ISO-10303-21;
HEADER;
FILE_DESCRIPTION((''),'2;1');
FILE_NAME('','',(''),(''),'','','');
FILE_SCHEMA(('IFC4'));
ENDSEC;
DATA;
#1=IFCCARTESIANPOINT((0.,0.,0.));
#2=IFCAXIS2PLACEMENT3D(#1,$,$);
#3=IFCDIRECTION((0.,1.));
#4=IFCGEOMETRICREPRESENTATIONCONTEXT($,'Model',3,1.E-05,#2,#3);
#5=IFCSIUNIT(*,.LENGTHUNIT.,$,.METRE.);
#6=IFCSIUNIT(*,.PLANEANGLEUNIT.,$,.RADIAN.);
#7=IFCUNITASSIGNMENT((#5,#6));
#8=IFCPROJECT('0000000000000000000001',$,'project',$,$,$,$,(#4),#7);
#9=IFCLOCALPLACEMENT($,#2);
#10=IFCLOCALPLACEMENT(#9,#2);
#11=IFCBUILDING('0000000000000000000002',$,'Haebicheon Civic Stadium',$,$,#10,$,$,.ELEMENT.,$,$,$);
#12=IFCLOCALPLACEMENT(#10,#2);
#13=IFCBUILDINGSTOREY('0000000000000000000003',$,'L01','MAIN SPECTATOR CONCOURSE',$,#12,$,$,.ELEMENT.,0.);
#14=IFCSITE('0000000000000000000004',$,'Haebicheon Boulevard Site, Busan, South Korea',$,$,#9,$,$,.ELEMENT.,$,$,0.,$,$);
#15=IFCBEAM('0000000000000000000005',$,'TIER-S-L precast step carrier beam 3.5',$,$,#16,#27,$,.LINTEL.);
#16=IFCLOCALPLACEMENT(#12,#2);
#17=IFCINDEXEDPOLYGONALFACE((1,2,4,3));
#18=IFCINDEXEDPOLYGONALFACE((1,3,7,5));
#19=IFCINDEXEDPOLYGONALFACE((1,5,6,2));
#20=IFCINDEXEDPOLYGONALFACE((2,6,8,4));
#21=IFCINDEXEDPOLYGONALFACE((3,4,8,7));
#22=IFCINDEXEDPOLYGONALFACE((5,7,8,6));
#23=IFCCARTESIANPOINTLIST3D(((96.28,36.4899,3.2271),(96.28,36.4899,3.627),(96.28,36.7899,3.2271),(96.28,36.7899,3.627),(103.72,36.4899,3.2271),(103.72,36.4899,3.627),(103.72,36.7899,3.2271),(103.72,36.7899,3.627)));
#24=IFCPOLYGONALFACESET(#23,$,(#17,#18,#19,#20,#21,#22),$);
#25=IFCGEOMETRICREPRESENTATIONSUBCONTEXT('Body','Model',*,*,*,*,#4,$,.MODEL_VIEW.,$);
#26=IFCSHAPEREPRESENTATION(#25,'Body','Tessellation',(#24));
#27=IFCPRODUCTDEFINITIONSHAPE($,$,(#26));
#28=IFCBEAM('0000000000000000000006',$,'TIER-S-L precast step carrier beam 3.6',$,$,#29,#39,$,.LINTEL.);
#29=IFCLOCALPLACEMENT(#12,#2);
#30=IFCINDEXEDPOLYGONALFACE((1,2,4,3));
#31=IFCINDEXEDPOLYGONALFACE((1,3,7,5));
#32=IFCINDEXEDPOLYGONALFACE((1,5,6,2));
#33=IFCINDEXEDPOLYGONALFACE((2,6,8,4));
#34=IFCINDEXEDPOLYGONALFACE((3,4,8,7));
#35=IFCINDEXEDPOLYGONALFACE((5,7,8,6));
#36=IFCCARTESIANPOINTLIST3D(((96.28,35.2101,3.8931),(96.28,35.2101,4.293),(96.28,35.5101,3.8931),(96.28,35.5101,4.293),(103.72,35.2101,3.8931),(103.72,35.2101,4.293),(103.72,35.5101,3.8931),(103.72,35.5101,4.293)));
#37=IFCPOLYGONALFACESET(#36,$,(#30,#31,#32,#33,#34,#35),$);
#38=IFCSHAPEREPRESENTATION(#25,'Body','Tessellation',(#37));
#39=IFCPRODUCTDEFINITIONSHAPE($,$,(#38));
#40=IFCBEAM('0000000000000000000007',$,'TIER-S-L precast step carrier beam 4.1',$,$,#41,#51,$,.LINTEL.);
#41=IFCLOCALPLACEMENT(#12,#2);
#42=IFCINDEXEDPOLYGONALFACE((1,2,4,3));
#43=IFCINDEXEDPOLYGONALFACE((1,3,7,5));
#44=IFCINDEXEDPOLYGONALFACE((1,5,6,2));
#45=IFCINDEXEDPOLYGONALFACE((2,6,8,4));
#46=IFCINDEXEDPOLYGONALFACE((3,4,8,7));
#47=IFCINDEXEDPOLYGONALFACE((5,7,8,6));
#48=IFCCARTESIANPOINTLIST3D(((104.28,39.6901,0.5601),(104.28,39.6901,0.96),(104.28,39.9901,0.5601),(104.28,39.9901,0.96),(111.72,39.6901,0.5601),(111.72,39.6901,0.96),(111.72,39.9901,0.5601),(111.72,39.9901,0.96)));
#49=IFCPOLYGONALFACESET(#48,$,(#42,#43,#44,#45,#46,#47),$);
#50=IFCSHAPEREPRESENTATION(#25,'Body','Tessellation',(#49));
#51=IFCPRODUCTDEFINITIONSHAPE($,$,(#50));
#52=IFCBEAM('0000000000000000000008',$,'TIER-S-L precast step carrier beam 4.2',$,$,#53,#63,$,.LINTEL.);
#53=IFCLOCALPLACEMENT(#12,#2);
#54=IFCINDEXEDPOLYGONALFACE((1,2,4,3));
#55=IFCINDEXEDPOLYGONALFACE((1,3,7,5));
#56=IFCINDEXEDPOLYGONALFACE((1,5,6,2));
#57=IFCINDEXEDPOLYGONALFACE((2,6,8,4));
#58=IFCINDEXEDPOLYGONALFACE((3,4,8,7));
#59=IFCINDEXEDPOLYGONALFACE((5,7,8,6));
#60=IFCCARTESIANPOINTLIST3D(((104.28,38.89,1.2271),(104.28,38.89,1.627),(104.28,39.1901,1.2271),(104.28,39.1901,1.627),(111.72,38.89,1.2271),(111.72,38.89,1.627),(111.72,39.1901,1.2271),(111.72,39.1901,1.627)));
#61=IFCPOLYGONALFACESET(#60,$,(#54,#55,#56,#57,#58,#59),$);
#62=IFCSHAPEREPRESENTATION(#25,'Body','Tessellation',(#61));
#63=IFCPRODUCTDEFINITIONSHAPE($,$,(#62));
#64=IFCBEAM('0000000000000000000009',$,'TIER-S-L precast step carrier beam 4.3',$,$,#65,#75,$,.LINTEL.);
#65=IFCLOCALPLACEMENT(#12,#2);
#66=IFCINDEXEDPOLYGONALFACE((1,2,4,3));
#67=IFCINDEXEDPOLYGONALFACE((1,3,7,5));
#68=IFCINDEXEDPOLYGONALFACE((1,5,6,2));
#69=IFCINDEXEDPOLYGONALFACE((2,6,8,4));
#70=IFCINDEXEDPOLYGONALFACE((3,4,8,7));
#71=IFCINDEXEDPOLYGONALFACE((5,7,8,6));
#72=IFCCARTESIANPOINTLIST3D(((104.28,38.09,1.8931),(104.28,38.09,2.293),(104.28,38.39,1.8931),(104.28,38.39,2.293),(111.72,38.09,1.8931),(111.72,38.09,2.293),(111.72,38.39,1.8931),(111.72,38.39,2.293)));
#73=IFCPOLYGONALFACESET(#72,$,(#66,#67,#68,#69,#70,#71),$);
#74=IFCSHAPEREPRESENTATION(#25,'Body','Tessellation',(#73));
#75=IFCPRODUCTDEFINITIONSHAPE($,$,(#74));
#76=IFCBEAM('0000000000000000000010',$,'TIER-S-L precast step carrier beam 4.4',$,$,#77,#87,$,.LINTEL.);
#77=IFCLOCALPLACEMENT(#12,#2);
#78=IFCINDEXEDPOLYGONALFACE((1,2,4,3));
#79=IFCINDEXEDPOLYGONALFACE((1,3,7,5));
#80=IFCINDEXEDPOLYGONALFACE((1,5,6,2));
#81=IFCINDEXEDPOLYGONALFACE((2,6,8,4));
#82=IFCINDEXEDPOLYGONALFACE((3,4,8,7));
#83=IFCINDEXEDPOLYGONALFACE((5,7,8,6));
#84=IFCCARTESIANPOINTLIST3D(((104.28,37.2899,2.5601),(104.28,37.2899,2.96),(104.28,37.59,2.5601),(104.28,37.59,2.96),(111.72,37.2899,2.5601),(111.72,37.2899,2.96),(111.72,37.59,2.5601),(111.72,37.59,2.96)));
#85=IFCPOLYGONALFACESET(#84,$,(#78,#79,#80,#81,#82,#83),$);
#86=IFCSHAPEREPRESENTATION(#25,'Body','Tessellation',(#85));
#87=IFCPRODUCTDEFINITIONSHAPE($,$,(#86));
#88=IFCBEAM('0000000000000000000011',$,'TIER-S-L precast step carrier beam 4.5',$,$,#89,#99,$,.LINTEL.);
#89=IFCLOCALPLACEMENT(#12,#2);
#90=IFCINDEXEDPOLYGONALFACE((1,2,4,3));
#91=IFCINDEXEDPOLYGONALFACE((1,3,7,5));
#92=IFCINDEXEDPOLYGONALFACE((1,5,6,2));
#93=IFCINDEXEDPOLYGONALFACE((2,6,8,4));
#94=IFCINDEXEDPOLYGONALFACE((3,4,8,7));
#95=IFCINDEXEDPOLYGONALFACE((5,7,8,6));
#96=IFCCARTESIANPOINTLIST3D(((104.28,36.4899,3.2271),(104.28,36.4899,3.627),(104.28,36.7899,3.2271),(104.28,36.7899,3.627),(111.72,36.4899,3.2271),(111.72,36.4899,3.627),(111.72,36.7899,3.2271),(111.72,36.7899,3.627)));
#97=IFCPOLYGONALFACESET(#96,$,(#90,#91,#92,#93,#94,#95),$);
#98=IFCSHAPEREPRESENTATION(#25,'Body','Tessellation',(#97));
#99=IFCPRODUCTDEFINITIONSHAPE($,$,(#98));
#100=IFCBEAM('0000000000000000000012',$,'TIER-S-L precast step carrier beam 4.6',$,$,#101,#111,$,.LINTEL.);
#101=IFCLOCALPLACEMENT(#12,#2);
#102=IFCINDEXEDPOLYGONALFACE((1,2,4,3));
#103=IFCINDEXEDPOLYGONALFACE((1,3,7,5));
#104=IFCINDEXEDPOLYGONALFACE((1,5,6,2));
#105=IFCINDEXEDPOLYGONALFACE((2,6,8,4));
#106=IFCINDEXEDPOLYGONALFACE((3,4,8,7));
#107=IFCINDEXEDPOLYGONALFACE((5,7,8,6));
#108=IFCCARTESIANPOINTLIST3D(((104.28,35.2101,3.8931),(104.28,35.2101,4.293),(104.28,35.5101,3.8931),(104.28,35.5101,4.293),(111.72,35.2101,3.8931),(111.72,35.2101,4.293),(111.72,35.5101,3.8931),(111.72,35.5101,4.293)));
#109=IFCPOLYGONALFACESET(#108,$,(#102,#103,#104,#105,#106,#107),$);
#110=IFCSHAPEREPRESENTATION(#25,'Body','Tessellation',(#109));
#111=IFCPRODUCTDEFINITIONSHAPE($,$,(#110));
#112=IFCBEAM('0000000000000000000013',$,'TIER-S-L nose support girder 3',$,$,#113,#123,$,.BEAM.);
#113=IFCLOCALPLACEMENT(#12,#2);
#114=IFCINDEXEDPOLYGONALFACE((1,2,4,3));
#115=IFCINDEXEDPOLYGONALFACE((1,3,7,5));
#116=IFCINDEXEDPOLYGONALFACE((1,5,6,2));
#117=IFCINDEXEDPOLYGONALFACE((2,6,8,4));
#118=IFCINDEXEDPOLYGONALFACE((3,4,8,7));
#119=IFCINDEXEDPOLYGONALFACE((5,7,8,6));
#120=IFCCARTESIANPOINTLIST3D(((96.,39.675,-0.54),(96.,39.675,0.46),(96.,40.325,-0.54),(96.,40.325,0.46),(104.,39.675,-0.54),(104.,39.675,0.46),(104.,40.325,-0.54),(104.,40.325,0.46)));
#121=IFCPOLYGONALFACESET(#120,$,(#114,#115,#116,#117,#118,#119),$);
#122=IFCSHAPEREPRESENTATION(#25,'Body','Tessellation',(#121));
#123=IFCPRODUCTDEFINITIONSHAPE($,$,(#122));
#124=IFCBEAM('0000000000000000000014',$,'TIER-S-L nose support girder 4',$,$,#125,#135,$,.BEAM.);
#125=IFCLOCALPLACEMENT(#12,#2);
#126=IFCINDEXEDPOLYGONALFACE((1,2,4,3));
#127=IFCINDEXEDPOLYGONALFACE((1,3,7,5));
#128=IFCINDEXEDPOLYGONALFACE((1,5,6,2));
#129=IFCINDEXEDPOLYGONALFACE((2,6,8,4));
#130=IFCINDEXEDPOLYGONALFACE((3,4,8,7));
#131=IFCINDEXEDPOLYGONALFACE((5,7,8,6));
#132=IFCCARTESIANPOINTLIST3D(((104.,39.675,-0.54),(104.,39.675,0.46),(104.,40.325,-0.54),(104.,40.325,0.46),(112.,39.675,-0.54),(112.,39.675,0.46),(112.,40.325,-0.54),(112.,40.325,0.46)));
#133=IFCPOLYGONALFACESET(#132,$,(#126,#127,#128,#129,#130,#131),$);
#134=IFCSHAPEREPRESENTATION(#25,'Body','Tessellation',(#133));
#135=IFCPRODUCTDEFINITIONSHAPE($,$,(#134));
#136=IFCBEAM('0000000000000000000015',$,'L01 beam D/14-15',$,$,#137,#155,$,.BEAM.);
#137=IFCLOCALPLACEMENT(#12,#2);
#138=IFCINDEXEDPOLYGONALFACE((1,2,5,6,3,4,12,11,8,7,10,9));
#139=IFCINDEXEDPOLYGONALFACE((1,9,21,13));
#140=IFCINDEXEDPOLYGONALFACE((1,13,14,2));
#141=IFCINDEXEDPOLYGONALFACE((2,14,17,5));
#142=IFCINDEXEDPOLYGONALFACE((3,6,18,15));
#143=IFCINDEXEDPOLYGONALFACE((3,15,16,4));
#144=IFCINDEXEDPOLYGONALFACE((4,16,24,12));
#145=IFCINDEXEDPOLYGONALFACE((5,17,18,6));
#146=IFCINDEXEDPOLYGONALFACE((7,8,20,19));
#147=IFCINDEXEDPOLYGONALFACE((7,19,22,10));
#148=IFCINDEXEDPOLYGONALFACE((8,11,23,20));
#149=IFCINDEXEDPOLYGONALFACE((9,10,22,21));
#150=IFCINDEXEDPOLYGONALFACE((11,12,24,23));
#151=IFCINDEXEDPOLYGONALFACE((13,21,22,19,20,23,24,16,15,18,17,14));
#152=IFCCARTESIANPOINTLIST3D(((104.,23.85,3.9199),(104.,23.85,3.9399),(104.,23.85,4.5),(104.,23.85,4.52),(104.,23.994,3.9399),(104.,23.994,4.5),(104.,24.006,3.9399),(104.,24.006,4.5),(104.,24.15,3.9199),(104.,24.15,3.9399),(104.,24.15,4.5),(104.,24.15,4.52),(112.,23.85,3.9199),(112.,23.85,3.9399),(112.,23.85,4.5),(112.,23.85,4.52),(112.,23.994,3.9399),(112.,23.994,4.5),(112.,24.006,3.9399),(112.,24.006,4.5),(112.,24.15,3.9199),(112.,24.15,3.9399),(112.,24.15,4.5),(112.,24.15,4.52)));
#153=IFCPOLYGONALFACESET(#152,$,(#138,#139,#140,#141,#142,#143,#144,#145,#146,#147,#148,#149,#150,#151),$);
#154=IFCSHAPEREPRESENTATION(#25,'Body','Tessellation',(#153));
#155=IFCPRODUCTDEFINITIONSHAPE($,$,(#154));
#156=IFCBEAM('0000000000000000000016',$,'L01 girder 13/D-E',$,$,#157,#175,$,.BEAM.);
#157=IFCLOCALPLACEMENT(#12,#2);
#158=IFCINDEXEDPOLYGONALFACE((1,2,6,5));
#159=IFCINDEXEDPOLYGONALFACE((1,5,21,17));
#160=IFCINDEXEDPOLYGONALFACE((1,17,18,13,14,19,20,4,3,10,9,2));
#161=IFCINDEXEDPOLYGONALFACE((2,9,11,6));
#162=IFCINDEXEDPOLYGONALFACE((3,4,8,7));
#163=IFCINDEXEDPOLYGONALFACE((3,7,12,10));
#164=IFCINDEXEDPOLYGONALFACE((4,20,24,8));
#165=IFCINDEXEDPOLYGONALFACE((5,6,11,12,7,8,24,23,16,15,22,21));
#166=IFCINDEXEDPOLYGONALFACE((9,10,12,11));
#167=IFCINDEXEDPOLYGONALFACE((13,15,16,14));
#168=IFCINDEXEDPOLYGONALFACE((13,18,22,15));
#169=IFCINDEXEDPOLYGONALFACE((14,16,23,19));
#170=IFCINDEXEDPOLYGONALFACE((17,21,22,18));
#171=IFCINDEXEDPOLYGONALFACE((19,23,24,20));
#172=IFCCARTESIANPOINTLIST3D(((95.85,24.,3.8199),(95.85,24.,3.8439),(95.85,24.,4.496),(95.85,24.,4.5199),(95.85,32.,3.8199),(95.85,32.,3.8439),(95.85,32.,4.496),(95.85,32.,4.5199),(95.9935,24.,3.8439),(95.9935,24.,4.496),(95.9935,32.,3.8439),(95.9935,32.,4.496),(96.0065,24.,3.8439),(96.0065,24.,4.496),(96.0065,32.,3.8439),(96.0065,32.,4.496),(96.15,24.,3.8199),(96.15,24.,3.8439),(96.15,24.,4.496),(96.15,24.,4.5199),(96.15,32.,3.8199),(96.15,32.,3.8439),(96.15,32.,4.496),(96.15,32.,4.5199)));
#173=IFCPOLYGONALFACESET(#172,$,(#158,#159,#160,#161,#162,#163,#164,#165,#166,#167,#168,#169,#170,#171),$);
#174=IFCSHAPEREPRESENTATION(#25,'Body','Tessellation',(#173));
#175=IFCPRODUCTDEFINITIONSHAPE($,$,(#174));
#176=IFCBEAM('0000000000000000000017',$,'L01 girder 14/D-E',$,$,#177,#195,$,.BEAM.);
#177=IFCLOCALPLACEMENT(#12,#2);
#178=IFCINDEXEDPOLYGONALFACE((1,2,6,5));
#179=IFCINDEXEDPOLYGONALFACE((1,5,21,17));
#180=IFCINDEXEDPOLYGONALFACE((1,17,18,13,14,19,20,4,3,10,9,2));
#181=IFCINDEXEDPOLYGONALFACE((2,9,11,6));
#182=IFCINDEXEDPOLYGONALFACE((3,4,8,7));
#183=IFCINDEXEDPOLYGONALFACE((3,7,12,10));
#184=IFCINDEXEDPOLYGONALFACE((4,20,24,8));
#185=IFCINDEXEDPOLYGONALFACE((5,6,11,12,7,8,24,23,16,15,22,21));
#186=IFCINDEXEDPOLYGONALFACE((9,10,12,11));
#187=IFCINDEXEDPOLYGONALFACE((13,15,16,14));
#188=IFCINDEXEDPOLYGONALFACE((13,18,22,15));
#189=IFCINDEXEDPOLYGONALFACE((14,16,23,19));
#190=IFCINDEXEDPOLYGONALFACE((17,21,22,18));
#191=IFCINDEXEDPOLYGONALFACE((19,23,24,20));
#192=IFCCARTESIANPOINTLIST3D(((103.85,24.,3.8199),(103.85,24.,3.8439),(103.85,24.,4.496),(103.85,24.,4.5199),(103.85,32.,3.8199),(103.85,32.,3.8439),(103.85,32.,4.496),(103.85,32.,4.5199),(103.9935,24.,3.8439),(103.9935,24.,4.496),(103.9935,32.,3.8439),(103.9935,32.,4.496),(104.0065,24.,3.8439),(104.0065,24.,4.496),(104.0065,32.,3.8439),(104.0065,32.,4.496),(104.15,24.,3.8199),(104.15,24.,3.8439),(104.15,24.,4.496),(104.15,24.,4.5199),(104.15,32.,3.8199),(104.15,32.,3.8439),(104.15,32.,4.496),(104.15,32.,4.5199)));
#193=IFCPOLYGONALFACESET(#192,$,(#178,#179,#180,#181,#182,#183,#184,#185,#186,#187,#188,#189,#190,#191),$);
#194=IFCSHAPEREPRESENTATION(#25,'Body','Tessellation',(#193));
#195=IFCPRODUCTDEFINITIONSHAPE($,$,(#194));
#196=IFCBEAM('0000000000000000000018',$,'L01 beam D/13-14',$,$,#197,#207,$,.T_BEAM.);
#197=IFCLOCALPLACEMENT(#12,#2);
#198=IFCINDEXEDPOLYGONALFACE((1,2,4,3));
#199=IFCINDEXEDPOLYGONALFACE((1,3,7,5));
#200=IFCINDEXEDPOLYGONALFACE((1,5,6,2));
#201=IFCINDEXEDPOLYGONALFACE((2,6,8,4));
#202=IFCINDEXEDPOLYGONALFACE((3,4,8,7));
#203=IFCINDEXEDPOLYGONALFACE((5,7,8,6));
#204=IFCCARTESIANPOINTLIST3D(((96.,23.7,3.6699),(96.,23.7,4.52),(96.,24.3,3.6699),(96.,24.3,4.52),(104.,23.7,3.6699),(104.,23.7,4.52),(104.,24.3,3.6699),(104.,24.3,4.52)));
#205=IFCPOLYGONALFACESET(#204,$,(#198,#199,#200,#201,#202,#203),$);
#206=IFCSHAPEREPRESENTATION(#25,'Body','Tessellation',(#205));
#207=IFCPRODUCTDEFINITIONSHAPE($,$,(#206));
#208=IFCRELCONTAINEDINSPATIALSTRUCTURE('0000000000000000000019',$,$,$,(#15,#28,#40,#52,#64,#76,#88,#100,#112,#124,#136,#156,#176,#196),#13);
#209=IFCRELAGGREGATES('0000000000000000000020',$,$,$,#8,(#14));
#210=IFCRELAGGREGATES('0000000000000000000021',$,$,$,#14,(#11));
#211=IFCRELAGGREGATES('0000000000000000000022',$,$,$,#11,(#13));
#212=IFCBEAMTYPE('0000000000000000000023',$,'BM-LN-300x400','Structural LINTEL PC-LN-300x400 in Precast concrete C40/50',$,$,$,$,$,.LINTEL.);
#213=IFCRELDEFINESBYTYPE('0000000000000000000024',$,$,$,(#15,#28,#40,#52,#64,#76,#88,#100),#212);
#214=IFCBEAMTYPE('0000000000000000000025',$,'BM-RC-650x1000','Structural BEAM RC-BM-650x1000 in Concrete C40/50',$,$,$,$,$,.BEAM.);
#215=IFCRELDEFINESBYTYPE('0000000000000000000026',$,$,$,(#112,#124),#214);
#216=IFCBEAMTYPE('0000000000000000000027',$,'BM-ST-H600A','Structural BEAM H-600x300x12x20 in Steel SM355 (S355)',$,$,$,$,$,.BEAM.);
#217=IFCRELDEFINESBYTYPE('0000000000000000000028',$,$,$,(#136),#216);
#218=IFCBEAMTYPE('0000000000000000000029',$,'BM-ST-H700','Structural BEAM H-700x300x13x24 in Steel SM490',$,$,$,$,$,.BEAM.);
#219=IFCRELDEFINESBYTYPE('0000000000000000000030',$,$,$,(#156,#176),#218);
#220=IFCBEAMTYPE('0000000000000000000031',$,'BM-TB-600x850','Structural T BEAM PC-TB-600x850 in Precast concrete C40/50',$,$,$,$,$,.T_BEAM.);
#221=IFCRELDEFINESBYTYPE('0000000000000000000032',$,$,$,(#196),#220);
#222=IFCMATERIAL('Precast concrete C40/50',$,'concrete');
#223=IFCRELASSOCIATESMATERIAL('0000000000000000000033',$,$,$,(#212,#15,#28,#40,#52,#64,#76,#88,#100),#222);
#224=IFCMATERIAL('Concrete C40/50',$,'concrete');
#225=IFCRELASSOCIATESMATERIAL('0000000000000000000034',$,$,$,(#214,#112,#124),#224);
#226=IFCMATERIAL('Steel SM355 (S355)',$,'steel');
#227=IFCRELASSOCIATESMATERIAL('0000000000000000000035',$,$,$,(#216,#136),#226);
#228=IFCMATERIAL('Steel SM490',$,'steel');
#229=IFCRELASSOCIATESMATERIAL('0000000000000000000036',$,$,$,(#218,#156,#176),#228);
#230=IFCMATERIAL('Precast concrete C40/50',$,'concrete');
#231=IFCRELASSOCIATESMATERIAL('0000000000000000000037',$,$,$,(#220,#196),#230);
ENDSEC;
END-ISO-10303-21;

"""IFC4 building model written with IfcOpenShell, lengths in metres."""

from ifc_helpers import new_model, si_unit, direction, frame, origin, origin_2d, place, context, subcontext, project, spatial, rectangle, i_section, extrude, material, material_profile, profile_set, type_object, element, save


model = new_model("IFC4")

# Units and contexts
model_context = context("Model", 3, precision=1e-05, world=origin(), true_north=direction((0.0, 1.0)))
body_context = subcontext(model_context, "Body", "Model", "MODEL_VIEW")
ifc_project = project(units=[si_unit("LENGTHUNIT", "METRE"), si_unit("PLANEANGLEUNIT", "RADIAN")], contexts=[model_context])

# Site, building, storey
site_placement = place(None, origin())
site = spatial("IfcSite", under=ifc_project, at=site_placement, Name="Haebicheon Boulevard Site, Busan, South Korea", CompositionType="ELEMENT", RefElevation=0.0)
building_placement = place(site_placement, origin())
building = spatial("IfcBuilding", under=site, at=building_placement, Name="Haebicheon Civic Stadium", CompositionType="ELEMENT")
storey_placement = place(building_placement, origin())
storey = spatial("IfcBuildingStorey", under=building, at=storey_placement, Name="L01", Description="MAIN SPECTATOR CONCOURSE", CompositionType="ELEMENT", Elevation=0.0)

# Beams
ifc_material_1 = material(Name="Precast concrete C40/50", Category="concrete")
ifc_material_profile_1 = material_profile(ifc_material_1, rectangle(XDim=0.3, YDim=0.3999, at=origin_2d()), Name="PC-LN-300x400")
ifc_profile_set_1 = profile_set([ifc_material_profile_1], Name="Precast concrete C40/50")
beam_type_1 = type_object("IfcBeamType", Name="BM-LN-300x400", Description="Structural LINTEL PC-LN-300x400 in Precast concrete C40/50", PredefinedType="LINTEL", material=ifc_profile_set_1)
for number, where, z_axis, x_axis, name in (
    (1, (96.28, 36.6399, 3.427), (1.0, 0.0, 0.0), (0.0, 1.0, 0.0), "TIER-S-L precast step carrier beam 3.5"),
    (2, (96.28, 35.3601, 4.093), (1.0, 0.0, 0.0), (0.0, 1.0, 0.0), "TIER-S-L precast step carrier beam 3.6"),
    (3, (104.28, 39.8401, 0.76), (1.0, 0.0, 0.0), (0.0, 1.0, 0.0), "TIER-S-L precast step carrier beam 4.1"),
    (4, (104.28, 39.04, 1.427), (1.0, 0.0, 0.0), (0.0, 1.0, 0.0), "TIER-S-L precast step carrier beam 4.2"),
    (5, (104.28, 38.24, 2.093), (1.0, 0.0, 0.0), (0.0, 1.0, 0.0), "TIER-S-L precast step carrier beam 4.3"),
    (6, (104.28, 37.4399, 2.76), (1.0, 0.0, 0.0), (0.0, 1.0, 0.0), "TIER-S-L precast step carrier beam 4.4"),
    (7, (104.28, 36.6399, 3.427), (1.0, 0.0, 0.0), (0.0, 1.0, 0.0), "TIER-S-L precast step carrier beam 4.5"),
    (8, (104.28, 35.3601, 4.093), (1.0, 0.0, 0.0), (0.0, 1.0, 0.0), "TIER-S-L precast step carrier beam 4.6"),
):
    element("IfcBeam", number, at=place(storey_placement, frame(where, z_axis=z_axis, x_axis=x_axis)), inside=storey, type_object=beam_type_1, material=ifc_profile_set_1, Name=name, PredefinedType="LINTEL", context=body_context, shape_type="SweptSolid", body=[
        extrude(rectangle(XDim=0.3, YDim=0.3999, at=origin_2d()), origin(), (0.0, 0.0, 1.0), 7.4399),
    ])
ifc_material_2 = material(Name="Concrete C40/50", Category="concrete")
ifc_material_profile_2 = material_profile(ifc_material_2, rectangle(XDim=0.6499, YDim=1.0, at=origin_2d()), Name="RC-BM-650x1000")
ifc_profile_set_2 = profile_set([ifc_material_profile_2], Name="Concrete C40/50")
beam_type_2 = type_object("IfcBeamType", Name="BM-RC-650x1000", Description="Structural BEAM RC-BM-650x1000 in Concrete C40/50", PredefinedType="BEAM", material=ifc_profile_set_2)
for number, where, z_axis, x_axis, name in (
    (9, (96.0, 40.0, -0.04), (1.0, 0.0, 0.0), (0.0, 1.0, 0.0), "TIER-S-L nose support girder 3"),
    (10, (104.0, 40.0, -0.04), (1.0, 0.0, 0.0), (0.0, 1.0, 0.0), "TIER-S-L nose support girder 4"),
):
    element("IfcBeam", number, at=place(storey_placement, frame(where, z_axis=z_axis, x_axis=x_axis)), inside=storey, type_object=beam_type_2, material=ifc_profile_set_2, Name=name, PredefinedType="BEAM", context=body_context, shape_type="SweptSolid", body=[
        extrude(rectangle(XDim=0.6499, YDim=1.0, at=origin_2d()), origin(), (0.0, 0.0, 1.0), 8.0),
    ])
ifc_material_3 = material(Name="Steel SM355 (S355)", Category="steel")
ifc_material_profile_3 = material_profile(ifc_material_3, i_section(OverallWidth=0.3, OverallDepth=0.6001, WebThickness=0.012, FlangeThickness=0.02, at=origin_2d()), Name="H-600x300x12x20")
ifc_profile_set_3 = profile_set([ifc_material_profile_3], Name="Steel SM355 (S355)")
beam_type_3 = type_object("IfcBeamType", Name="BM-ST-H600A", Description="Structural BEAM H-600x300x12x20 in Steel SM355 (S355)", PredefinedType="BEAM", material=ifc_profile_set_3)
beam_1_placement = place(storey_placement, frame((104.0, 24.0, 4.22), z_axis=(1.0, 0.0, 0.0), x_axis=(0.0, 1.0, 0.0)))
element("IfcBeam", 11, at=beam_1_placement, inside=storey, type_object=beam_type_3, material=ifc_profile_set_3, Name="L01 beam D/14-15", PredefinedType="BEAM", context=body_context, shape_type="SweptSolid", body=[
    extrude(i_section(OverallWidth=0.3, OverallDepth=0.6001, WebThickness=0.012, FlangeThickness=0.02, at=origin_2d()), origin(), (0.0, 0.0, 1.0), 8.0),
])
ifc_material_4 = material(Name="Steel SM490", Category="steel")
ifc_material_profile_4 = material_profile(ifc_material_4, i_section(OverallWidth=0.3, OverallDepth=0.7, WebThickness=0.0129, FlangeThickness=0.0239, at=origin_2d()), Name="H-700x300x13x24")
ifc_profile_set_4 = profile_set([ifc_material_profile_4], Name="Steel SM490")
beam_type_4 = type_object("IfcBeamType", Name="BM-ST-H700", Description="Structural BEAM H-700x300x13x24 in Steel SM490", PredefinedType="BEAM", material=ifc_profile_set_4)
for number, where, z_axis, x_axis, name in (
    (12, (96.0, 24.0, 4.1699), (0.0, 1.0, 0.0), (-1.0, 0.0, 0.0), "L01 girder 13/D-E"),
    (13, (104.0, 24.0, 4.1699), (0.0, 1.0, 0.0), (-1.0, 0.0, 0.0), "L01 girder 14/D-E"),
):
    element("IfcBeam", number, at=place(storey_placement, frame(where, z_axis=z_axis, x_axis=x_axis)), inside=storey, type_object=beam_type_4, material=ifc_profile_set_4, Name=name, PredefinedType="BEAM", context=body_context, shape_type="SweptSolid", body=[
        extrude(i_section(OverallWidth=0.3, OverallDepth=0.7, WebThickness=0.0129, FlangeThickness=0.0239, at=origin_2d()), origin(), (0.0, 0.0, 1.0), 8.0),
    ])
ifc_material_5 = material(Name="Precast concrete C40/50", Category="concrete")
ifc_material_profile_5 = material_profile(ifc_material_5, rectangle(XDim=0.6001, YDim=0.8501, at=origin_2d()), Name="PC-TB-600x850")
ifc_profile_set_5 = profile_set([ifc_material_profile_5], Name="Precast concrete C40/50")
beam_type_5 = type_object("IfcBeamType", Name="BM-TB-600x850", Description="Structural T BEAM PC-TB-600x850 in Precast concrete C40/50", PredefinedType="T_BEAM", material=ifc_profile_set_5)
beam_2_placement = place(storey_placement, frame((96.0, 24.0, 4.095), z_axis=(1.0, 0.0, 0.0), x_axis=(0.0, 1.0, 0.0)))
element("IfcBeam", 14, at=beam_2_placement, inside=storey, type_object=beam_type_5, material=ifc_profile_set_5, Name="L01 beam D/13-14", PredefinedType="T_BEAM", context=body_context, shape_type="SweptSolid", body=[
    extrude(rectangle(XDim=0.6001, YDim=0.8501, at=origin_2d()), origin(), (0.0, 0.0, 1.0), 8.0),
])

save(model, "model.ifc")
